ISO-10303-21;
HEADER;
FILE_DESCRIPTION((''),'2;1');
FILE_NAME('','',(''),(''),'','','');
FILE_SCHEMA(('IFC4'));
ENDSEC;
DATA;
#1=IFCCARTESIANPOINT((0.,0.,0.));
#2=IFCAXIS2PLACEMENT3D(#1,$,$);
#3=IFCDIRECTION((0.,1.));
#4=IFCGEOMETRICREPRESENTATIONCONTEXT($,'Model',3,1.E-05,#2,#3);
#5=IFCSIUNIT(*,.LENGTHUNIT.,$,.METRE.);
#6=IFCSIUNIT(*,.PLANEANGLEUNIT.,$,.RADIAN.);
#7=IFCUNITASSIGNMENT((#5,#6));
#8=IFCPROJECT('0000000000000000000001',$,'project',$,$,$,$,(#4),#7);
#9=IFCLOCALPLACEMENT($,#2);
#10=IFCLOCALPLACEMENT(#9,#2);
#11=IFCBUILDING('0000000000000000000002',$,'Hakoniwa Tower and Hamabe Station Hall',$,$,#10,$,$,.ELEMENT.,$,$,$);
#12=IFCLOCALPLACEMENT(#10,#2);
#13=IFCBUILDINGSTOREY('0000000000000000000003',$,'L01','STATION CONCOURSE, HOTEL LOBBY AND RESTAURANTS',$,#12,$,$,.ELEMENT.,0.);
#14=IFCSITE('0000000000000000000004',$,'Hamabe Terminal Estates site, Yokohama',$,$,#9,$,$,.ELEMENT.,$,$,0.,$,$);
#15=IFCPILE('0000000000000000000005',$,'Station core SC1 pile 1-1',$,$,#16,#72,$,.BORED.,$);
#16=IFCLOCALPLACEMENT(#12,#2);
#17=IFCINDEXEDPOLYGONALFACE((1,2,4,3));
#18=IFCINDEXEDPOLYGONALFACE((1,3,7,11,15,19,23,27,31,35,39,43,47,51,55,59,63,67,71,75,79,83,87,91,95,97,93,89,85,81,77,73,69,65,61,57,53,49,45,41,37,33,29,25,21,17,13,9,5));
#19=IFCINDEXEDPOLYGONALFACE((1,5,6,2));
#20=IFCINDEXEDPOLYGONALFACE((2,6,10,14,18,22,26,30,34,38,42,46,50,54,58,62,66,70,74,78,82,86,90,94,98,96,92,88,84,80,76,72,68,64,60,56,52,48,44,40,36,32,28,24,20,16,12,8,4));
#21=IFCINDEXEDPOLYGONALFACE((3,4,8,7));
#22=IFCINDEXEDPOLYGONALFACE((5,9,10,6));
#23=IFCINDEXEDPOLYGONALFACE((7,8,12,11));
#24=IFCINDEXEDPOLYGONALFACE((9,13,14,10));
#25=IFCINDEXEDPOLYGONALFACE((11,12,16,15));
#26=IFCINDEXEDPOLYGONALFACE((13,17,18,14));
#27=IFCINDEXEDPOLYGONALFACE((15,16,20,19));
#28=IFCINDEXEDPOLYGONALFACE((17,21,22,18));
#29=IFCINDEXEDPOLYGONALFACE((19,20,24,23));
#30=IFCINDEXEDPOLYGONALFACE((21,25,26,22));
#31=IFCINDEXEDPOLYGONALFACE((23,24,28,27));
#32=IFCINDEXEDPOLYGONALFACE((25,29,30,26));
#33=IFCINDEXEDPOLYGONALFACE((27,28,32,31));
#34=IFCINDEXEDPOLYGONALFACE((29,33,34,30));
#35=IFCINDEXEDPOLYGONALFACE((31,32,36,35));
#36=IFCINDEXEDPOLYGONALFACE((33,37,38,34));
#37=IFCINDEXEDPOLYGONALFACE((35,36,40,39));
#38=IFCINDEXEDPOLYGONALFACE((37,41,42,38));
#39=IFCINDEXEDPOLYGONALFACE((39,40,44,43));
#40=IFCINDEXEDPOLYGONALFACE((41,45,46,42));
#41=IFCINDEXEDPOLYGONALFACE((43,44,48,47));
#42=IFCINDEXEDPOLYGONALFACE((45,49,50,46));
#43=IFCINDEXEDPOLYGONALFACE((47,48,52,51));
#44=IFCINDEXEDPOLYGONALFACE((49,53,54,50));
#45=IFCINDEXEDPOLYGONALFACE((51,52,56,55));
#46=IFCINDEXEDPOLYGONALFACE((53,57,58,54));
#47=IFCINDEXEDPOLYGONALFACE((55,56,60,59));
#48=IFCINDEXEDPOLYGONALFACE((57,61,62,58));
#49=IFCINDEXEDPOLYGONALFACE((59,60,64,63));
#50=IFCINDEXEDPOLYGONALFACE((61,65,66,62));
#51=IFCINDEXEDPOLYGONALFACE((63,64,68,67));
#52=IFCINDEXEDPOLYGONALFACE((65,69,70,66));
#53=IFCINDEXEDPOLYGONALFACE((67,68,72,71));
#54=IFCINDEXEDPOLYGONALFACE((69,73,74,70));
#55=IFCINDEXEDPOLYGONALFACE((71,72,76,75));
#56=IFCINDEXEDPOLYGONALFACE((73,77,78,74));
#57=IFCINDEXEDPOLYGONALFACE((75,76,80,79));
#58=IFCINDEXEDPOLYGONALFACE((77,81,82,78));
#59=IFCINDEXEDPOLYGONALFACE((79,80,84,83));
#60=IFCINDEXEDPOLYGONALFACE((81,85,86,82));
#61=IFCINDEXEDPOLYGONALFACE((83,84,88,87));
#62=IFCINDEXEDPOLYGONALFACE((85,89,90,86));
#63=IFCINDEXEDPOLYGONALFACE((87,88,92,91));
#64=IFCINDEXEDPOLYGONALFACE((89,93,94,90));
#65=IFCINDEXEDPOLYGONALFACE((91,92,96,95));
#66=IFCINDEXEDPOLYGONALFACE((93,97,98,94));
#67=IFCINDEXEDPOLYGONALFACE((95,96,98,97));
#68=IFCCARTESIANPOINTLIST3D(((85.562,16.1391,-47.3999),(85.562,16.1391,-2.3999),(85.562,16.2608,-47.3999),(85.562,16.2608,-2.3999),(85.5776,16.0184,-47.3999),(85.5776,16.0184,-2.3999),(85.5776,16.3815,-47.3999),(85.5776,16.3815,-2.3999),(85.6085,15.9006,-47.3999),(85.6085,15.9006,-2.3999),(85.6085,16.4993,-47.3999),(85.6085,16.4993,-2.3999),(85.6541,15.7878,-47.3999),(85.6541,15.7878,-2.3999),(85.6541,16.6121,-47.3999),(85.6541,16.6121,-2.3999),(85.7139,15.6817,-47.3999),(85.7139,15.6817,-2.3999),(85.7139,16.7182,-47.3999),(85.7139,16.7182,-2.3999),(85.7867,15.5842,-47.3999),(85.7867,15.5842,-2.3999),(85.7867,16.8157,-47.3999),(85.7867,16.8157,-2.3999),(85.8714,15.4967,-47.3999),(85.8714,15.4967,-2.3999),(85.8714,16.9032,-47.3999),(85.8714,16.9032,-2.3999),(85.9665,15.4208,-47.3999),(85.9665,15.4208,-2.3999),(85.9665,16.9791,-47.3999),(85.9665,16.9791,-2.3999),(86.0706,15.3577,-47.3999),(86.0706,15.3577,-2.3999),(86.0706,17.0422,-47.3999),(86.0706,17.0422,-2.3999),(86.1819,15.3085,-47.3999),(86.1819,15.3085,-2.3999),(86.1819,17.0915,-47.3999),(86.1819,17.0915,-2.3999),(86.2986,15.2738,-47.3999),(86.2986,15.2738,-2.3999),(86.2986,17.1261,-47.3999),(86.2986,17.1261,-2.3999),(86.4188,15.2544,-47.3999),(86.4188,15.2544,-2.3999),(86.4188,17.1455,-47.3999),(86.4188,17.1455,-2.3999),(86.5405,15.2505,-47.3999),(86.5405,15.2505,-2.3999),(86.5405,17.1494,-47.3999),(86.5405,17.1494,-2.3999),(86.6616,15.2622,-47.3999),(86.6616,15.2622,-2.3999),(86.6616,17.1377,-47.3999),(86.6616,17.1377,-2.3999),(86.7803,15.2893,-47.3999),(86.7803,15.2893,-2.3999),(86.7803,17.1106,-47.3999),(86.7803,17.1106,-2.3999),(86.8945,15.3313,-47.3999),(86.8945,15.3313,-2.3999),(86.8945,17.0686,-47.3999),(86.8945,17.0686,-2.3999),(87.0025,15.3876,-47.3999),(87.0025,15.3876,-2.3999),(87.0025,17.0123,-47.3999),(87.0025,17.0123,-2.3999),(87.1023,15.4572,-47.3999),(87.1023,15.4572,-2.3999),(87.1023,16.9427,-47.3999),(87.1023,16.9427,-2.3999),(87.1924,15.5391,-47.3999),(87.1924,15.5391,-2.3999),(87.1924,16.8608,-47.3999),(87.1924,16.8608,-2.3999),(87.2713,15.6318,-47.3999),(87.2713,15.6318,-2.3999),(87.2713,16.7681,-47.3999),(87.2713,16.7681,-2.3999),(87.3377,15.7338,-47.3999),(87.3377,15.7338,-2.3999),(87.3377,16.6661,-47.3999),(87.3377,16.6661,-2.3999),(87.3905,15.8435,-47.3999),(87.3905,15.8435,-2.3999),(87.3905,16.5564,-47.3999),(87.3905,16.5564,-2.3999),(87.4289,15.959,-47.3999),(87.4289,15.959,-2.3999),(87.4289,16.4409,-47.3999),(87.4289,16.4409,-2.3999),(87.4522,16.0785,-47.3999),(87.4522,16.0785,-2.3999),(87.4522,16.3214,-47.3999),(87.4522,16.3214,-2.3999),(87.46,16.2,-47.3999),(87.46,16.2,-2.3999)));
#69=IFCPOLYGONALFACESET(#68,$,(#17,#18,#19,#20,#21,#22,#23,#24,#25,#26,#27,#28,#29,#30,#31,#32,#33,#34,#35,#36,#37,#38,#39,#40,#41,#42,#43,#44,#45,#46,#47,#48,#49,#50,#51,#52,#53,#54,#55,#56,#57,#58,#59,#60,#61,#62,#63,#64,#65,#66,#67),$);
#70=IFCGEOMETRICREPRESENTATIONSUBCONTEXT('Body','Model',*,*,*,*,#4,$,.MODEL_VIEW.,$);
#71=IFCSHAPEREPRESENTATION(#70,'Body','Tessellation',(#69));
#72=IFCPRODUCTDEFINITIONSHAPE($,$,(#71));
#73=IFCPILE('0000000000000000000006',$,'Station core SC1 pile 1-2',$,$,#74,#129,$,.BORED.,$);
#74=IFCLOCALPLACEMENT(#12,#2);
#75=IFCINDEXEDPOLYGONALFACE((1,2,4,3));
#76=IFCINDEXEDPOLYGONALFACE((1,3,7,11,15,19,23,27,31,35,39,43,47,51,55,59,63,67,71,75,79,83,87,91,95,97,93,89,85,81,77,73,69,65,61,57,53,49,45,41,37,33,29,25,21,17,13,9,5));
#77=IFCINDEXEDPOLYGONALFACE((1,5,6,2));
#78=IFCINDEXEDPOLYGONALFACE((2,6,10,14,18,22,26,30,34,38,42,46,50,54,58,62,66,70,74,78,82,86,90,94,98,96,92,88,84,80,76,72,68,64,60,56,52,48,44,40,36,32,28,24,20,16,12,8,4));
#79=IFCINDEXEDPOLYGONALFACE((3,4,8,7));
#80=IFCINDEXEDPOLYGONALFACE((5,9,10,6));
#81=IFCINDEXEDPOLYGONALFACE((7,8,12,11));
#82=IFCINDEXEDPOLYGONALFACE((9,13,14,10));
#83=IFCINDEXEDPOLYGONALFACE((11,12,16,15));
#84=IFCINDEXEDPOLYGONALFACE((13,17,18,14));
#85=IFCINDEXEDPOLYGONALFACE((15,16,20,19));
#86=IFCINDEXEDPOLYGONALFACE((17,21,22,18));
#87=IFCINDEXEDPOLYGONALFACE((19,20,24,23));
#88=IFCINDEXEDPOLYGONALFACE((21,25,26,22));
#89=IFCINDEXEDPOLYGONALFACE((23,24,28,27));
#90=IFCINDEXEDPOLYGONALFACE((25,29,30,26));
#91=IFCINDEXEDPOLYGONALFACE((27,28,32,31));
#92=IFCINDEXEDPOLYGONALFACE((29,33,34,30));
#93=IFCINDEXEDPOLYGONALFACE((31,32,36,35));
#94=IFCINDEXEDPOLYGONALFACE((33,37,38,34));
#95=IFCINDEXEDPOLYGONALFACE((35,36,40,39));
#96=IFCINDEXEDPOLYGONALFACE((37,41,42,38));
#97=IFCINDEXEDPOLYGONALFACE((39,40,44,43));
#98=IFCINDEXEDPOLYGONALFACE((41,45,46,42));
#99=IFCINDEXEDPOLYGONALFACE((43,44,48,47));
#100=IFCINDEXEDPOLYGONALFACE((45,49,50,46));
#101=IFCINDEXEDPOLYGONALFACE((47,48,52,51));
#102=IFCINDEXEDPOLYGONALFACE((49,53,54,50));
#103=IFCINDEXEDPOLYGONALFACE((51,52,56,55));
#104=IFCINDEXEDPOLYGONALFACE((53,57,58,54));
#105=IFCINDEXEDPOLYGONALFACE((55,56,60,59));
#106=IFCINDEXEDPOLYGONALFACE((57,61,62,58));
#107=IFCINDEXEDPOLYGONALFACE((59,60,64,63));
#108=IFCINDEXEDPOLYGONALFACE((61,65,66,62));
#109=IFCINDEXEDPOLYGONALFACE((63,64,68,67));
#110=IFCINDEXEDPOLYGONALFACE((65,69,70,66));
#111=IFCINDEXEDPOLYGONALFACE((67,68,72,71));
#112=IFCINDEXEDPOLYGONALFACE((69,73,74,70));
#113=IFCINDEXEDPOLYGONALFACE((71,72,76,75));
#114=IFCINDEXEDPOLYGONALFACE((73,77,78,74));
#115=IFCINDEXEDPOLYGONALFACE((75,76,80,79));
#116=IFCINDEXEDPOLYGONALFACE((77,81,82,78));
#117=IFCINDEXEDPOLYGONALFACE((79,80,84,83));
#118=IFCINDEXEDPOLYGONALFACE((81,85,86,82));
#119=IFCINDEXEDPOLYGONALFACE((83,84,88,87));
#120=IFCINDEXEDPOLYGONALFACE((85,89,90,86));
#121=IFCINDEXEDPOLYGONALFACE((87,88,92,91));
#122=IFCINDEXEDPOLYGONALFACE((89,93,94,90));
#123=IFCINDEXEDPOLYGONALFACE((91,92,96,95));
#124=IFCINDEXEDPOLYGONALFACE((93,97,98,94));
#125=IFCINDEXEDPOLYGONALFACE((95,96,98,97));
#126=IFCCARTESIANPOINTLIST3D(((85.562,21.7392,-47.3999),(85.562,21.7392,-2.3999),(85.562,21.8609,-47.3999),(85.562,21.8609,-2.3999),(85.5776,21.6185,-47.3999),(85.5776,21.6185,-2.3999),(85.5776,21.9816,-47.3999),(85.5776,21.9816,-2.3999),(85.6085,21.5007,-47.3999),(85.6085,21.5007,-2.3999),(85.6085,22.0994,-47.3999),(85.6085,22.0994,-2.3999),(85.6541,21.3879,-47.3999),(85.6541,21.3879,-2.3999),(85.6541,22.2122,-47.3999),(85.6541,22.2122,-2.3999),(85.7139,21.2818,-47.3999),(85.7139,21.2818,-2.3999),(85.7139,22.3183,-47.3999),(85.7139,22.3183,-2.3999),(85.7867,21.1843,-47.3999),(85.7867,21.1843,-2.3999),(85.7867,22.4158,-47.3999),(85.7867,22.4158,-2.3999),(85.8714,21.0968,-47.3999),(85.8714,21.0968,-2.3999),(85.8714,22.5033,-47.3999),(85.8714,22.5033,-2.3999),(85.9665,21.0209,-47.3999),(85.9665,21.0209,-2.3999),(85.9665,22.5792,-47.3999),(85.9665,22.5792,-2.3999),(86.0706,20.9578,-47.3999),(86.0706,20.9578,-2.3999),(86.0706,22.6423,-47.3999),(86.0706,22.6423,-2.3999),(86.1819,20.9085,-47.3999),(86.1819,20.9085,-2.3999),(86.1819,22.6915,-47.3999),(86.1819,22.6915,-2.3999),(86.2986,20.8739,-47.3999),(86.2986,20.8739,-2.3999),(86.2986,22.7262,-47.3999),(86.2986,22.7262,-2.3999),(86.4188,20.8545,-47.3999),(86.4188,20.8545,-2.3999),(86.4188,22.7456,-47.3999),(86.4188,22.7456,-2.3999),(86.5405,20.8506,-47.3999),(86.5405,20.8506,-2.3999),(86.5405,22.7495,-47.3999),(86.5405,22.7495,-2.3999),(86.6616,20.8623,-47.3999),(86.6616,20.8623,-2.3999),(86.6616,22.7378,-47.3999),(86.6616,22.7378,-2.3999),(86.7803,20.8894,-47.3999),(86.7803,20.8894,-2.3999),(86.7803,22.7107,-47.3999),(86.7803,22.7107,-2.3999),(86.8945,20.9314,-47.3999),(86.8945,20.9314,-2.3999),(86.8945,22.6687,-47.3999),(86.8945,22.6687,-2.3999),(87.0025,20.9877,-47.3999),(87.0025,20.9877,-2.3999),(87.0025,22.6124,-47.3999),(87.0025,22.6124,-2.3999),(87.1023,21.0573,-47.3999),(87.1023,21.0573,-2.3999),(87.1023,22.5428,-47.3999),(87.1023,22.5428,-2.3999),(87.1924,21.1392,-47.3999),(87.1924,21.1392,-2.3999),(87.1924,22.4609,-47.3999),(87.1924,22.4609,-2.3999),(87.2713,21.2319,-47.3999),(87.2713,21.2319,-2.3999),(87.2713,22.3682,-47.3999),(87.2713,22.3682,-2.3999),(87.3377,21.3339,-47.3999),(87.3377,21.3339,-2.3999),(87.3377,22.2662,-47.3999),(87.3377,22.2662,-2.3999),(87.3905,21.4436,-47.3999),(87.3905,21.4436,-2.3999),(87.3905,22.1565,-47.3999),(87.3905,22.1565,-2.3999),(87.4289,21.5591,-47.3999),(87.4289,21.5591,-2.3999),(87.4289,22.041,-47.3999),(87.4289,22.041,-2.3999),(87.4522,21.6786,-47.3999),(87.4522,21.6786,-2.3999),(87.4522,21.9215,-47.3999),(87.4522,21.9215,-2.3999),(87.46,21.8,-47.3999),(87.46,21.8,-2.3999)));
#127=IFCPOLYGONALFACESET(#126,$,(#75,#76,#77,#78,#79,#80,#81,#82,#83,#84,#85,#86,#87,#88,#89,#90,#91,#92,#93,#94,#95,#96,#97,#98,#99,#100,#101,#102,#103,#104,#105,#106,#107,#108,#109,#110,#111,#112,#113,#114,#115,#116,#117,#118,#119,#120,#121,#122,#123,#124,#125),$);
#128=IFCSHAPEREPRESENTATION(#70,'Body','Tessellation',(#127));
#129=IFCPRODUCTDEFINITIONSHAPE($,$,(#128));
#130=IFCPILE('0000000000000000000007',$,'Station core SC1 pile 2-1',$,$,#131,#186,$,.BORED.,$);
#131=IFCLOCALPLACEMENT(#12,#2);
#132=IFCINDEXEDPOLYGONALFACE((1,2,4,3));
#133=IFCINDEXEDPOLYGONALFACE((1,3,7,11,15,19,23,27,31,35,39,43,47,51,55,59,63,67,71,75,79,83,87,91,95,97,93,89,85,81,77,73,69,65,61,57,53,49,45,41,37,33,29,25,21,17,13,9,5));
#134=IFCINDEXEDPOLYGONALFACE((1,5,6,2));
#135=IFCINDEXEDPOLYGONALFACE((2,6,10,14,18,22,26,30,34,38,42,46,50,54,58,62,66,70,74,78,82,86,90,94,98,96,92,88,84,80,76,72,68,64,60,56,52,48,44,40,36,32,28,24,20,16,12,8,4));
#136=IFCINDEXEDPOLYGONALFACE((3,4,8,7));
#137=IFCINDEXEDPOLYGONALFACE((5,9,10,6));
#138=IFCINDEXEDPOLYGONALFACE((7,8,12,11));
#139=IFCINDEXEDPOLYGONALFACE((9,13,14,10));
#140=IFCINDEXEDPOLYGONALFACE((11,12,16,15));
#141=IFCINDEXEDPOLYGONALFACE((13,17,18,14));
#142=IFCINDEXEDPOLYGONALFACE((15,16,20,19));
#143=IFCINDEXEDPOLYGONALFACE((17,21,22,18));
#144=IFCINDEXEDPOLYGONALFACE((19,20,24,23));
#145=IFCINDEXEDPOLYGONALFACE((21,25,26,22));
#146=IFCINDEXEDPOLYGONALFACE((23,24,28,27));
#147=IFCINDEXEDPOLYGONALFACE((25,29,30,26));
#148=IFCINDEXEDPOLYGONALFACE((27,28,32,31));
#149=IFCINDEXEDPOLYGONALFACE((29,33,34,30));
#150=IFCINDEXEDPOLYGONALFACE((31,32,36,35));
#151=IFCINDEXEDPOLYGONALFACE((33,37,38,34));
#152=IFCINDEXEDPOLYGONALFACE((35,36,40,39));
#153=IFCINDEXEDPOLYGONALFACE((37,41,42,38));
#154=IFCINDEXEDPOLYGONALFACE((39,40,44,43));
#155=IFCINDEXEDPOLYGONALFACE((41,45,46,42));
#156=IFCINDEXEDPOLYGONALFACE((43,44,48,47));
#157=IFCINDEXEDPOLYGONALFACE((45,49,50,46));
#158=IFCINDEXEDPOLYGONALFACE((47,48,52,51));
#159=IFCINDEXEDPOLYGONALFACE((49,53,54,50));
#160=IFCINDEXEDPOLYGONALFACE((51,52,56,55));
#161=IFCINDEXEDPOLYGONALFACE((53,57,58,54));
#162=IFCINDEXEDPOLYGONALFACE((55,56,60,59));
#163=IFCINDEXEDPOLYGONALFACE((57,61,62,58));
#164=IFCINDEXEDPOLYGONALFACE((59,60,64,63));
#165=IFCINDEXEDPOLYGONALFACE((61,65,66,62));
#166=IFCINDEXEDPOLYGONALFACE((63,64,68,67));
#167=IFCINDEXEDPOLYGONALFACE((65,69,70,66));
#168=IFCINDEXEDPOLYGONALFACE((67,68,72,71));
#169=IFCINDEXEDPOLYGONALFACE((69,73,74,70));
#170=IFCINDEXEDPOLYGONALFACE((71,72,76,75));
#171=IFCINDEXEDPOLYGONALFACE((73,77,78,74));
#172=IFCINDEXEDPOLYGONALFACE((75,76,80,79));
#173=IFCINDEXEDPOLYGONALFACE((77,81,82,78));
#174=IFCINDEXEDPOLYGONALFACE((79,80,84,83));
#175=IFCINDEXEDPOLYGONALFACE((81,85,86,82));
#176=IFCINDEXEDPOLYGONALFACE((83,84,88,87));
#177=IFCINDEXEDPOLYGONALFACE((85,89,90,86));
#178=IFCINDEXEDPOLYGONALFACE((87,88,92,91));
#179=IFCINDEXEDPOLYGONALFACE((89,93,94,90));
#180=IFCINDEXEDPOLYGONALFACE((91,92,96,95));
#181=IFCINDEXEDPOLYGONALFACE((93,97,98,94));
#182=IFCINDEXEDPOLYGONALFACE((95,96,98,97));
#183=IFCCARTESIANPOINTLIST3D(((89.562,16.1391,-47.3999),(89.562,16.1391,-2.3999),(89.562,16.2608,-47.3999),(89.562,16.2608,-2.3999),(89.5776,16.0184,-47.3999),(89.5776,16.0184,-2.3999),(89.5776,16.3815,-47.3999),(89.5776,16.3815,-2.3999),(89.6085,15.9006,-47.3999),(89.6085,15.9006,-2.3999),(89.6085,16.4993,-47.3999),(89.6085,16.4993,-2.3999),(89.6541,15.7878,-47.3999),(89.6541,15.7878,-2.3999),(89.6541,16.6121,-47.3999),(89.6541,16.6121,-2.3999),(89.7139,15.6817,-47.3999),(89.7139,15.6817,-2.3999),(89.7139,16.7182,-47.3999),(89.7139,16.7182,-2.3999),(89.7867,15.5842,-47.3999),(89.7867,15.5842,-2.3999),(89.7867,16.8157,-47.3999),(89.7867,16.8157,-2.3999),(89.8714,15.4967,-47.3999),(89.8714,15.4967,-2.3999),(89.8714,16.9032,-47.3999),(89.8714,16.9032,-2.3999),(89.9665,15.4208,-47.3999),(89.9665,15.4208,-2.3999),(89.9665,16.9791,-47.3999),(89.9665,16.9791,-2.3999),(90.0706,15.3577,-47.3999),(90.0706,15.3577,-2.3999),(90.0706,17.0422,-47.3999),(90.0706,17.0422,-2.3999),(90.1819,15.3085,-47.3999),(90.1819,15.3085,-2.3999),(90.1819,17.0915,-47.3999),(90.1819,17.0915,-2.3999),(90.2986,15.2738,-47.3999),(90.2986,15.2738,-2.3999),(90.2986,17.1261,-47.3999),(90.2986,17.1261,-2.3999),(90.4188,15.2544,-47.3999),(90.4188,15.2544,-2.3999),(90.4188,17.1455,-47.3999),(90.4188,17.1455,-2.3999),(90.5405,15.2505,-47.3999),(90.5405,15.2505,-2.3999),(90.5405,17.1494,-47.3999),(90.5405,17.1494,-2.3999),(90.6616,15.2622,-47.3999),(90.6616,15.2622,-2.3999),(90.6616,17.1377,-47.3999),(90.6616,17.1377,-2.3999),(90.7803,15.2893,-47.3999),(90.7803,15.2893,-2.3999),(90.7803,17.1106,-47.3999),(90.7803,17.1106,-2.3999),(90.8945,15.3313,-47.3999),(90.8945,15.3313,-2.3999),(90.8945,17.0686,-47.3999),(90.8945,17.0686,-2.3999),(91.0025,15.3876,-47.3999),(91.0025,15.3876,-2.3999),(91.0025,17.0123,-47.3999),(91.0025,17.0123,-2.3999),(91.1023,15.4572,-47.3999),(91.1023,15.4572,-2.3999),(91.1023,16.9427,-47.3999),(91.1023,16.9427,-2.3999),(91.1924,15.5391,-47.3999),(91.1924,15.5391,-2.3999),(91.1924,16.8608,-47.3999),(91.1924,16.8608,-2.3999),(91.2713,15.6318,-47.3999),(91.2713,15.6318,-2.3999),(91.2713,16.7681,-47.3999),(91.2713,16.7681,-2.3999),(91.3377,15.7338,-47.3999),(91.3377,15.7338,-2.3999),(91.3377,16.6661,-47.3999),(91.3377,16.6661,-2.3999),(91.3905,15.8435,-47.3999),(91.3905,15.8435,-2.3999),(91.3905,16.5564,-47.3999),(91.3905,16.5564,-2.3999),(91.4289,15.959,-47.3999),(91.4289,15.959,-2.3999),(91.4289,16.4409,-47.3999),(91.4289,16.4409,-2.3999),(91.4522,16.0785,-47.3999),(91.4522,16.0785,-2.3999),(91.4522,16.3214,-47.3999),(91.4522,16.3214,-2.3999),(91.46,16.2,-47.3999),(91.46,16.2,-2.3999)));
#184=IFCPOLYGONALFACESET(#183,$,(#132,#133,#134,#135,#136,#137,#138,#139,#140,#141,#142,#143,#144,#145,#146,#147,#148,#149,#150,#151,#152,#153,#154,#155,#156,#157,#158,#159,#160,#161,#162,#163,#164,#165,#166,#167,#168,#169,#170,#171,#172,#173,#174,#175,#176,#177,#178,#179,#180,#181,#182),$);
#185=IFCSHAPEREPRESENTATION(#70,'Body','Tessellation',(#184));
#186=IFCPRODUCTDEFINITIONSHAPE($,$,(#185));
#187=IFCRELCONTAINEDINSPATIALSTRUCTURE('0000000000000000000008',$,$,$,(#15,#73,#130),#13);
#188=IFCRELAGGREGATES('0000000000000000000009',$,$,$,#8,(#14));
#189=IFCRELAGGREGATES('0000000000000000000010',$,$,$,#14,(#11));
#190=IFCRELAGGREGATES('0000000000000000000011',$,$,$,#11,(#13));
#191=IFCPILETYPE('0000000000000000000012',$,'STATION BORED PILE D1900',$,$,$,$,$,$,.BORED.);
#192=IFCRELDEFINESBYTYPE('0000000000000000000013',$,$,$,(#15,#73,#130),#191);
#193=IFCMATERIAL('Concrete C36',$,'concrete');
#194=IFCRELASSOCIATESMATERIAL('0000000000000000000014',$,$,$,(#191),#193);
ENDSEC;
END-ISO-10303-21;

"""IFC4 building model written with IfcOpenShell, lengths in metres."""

from ifc_helpers import new_model, si_unit, direction, frame, origin, origin_2d, place, context, subcontext, project, spatial, circle, extrude, material, material_profile, profile_set, type_object, element, save


model = new_model("IFC4")

# Units and contexts
model_context = context("Model", 3, precision=1e-05, world=origin(), true_north=direction((0.0, 1.0)))
body_context = subcontext(model_context, "Body", "Model", "MODEL_VIEW")
ifc_project = project(units=[si_unit("LENGTHUNIT", "METRE"), si_unit("PLANEANGLEUNIT", "RADIAN")], contexts=[model_context])

# Site, building, storey
site_placement = place(None, origin())
site = spatial("IfcSite", under=ifc_project, at=site_placement, Name="Hamabe Terminal Estates site, Yokohama", CompositionType="ELEMENT", RefElevation=0.0)
building_placement = place(site_placement, origin())
building = spatial("IfcBuilding", under=site, at=building_placement, Name="Hakoniwa Tower and Hamabe Station Hall", CompositionType="ELEMENT")
storey_placement = place(building_placement, origin())
storey = spatial("IfcBuildingStorey", under=building, at=storey_placement, Name="L01", Description="STATION CONCOURSE, HOTEL LOBBY AND RESTAURANTS", CompositionType="ELEMENT", Elevation=0.0)

# Piles
ifc_material_1 = material(Name="Concrete C36", Category="concrete")
ifc_material_profile_1 = material_profile(ifc_material_1, circle(Radius=0.95, at=origin_2d()), Name="STATION BORED PILE D1900")
ifc_profile_set_1 = profile_set([ifc_material_profile_1], Name="Concrete C36")
pile_type = type_object("IfcPileType", Name="STATION BORED PILE D1900", PredefinedType="BORED", material=ifc_profile_set_1)
for number, where, z_axis, x_axis, name in (
    (1, (86.51, 16.2, -2.3999), (0.0, 0.0, -1.0), (1.0, 0.0, 0.0), "Station core SC1 pile 1-1"),
    (2, (86.51, 21.8, -2.3999), (0.0, 0.0, -1.0), (1.0, 0.0, 0.0), "Station core SC1 pile 1-2"),
    (3, (90.51, 16.2, -2.3999), (0.0, 0.0, -1.0), (1.0, 0.0, 0.0), "Station core SC1 pile 2-1"),
):
    element("IfcPile", number, at=place(storey_placement, frame(where, z_axis=z_axis, x_axis=x_axis)), inside=storey, type_object=pile_type, Name=name, PredefinedType="BORED", context=body_context, shape_type="SweptSolid", body=[
        extrude(circle(Radius=0.95, at=origin_2d()), origin(), (0.0, 0.0, 1.0), 45.0),
    ])

save(model, "model.ifc")
